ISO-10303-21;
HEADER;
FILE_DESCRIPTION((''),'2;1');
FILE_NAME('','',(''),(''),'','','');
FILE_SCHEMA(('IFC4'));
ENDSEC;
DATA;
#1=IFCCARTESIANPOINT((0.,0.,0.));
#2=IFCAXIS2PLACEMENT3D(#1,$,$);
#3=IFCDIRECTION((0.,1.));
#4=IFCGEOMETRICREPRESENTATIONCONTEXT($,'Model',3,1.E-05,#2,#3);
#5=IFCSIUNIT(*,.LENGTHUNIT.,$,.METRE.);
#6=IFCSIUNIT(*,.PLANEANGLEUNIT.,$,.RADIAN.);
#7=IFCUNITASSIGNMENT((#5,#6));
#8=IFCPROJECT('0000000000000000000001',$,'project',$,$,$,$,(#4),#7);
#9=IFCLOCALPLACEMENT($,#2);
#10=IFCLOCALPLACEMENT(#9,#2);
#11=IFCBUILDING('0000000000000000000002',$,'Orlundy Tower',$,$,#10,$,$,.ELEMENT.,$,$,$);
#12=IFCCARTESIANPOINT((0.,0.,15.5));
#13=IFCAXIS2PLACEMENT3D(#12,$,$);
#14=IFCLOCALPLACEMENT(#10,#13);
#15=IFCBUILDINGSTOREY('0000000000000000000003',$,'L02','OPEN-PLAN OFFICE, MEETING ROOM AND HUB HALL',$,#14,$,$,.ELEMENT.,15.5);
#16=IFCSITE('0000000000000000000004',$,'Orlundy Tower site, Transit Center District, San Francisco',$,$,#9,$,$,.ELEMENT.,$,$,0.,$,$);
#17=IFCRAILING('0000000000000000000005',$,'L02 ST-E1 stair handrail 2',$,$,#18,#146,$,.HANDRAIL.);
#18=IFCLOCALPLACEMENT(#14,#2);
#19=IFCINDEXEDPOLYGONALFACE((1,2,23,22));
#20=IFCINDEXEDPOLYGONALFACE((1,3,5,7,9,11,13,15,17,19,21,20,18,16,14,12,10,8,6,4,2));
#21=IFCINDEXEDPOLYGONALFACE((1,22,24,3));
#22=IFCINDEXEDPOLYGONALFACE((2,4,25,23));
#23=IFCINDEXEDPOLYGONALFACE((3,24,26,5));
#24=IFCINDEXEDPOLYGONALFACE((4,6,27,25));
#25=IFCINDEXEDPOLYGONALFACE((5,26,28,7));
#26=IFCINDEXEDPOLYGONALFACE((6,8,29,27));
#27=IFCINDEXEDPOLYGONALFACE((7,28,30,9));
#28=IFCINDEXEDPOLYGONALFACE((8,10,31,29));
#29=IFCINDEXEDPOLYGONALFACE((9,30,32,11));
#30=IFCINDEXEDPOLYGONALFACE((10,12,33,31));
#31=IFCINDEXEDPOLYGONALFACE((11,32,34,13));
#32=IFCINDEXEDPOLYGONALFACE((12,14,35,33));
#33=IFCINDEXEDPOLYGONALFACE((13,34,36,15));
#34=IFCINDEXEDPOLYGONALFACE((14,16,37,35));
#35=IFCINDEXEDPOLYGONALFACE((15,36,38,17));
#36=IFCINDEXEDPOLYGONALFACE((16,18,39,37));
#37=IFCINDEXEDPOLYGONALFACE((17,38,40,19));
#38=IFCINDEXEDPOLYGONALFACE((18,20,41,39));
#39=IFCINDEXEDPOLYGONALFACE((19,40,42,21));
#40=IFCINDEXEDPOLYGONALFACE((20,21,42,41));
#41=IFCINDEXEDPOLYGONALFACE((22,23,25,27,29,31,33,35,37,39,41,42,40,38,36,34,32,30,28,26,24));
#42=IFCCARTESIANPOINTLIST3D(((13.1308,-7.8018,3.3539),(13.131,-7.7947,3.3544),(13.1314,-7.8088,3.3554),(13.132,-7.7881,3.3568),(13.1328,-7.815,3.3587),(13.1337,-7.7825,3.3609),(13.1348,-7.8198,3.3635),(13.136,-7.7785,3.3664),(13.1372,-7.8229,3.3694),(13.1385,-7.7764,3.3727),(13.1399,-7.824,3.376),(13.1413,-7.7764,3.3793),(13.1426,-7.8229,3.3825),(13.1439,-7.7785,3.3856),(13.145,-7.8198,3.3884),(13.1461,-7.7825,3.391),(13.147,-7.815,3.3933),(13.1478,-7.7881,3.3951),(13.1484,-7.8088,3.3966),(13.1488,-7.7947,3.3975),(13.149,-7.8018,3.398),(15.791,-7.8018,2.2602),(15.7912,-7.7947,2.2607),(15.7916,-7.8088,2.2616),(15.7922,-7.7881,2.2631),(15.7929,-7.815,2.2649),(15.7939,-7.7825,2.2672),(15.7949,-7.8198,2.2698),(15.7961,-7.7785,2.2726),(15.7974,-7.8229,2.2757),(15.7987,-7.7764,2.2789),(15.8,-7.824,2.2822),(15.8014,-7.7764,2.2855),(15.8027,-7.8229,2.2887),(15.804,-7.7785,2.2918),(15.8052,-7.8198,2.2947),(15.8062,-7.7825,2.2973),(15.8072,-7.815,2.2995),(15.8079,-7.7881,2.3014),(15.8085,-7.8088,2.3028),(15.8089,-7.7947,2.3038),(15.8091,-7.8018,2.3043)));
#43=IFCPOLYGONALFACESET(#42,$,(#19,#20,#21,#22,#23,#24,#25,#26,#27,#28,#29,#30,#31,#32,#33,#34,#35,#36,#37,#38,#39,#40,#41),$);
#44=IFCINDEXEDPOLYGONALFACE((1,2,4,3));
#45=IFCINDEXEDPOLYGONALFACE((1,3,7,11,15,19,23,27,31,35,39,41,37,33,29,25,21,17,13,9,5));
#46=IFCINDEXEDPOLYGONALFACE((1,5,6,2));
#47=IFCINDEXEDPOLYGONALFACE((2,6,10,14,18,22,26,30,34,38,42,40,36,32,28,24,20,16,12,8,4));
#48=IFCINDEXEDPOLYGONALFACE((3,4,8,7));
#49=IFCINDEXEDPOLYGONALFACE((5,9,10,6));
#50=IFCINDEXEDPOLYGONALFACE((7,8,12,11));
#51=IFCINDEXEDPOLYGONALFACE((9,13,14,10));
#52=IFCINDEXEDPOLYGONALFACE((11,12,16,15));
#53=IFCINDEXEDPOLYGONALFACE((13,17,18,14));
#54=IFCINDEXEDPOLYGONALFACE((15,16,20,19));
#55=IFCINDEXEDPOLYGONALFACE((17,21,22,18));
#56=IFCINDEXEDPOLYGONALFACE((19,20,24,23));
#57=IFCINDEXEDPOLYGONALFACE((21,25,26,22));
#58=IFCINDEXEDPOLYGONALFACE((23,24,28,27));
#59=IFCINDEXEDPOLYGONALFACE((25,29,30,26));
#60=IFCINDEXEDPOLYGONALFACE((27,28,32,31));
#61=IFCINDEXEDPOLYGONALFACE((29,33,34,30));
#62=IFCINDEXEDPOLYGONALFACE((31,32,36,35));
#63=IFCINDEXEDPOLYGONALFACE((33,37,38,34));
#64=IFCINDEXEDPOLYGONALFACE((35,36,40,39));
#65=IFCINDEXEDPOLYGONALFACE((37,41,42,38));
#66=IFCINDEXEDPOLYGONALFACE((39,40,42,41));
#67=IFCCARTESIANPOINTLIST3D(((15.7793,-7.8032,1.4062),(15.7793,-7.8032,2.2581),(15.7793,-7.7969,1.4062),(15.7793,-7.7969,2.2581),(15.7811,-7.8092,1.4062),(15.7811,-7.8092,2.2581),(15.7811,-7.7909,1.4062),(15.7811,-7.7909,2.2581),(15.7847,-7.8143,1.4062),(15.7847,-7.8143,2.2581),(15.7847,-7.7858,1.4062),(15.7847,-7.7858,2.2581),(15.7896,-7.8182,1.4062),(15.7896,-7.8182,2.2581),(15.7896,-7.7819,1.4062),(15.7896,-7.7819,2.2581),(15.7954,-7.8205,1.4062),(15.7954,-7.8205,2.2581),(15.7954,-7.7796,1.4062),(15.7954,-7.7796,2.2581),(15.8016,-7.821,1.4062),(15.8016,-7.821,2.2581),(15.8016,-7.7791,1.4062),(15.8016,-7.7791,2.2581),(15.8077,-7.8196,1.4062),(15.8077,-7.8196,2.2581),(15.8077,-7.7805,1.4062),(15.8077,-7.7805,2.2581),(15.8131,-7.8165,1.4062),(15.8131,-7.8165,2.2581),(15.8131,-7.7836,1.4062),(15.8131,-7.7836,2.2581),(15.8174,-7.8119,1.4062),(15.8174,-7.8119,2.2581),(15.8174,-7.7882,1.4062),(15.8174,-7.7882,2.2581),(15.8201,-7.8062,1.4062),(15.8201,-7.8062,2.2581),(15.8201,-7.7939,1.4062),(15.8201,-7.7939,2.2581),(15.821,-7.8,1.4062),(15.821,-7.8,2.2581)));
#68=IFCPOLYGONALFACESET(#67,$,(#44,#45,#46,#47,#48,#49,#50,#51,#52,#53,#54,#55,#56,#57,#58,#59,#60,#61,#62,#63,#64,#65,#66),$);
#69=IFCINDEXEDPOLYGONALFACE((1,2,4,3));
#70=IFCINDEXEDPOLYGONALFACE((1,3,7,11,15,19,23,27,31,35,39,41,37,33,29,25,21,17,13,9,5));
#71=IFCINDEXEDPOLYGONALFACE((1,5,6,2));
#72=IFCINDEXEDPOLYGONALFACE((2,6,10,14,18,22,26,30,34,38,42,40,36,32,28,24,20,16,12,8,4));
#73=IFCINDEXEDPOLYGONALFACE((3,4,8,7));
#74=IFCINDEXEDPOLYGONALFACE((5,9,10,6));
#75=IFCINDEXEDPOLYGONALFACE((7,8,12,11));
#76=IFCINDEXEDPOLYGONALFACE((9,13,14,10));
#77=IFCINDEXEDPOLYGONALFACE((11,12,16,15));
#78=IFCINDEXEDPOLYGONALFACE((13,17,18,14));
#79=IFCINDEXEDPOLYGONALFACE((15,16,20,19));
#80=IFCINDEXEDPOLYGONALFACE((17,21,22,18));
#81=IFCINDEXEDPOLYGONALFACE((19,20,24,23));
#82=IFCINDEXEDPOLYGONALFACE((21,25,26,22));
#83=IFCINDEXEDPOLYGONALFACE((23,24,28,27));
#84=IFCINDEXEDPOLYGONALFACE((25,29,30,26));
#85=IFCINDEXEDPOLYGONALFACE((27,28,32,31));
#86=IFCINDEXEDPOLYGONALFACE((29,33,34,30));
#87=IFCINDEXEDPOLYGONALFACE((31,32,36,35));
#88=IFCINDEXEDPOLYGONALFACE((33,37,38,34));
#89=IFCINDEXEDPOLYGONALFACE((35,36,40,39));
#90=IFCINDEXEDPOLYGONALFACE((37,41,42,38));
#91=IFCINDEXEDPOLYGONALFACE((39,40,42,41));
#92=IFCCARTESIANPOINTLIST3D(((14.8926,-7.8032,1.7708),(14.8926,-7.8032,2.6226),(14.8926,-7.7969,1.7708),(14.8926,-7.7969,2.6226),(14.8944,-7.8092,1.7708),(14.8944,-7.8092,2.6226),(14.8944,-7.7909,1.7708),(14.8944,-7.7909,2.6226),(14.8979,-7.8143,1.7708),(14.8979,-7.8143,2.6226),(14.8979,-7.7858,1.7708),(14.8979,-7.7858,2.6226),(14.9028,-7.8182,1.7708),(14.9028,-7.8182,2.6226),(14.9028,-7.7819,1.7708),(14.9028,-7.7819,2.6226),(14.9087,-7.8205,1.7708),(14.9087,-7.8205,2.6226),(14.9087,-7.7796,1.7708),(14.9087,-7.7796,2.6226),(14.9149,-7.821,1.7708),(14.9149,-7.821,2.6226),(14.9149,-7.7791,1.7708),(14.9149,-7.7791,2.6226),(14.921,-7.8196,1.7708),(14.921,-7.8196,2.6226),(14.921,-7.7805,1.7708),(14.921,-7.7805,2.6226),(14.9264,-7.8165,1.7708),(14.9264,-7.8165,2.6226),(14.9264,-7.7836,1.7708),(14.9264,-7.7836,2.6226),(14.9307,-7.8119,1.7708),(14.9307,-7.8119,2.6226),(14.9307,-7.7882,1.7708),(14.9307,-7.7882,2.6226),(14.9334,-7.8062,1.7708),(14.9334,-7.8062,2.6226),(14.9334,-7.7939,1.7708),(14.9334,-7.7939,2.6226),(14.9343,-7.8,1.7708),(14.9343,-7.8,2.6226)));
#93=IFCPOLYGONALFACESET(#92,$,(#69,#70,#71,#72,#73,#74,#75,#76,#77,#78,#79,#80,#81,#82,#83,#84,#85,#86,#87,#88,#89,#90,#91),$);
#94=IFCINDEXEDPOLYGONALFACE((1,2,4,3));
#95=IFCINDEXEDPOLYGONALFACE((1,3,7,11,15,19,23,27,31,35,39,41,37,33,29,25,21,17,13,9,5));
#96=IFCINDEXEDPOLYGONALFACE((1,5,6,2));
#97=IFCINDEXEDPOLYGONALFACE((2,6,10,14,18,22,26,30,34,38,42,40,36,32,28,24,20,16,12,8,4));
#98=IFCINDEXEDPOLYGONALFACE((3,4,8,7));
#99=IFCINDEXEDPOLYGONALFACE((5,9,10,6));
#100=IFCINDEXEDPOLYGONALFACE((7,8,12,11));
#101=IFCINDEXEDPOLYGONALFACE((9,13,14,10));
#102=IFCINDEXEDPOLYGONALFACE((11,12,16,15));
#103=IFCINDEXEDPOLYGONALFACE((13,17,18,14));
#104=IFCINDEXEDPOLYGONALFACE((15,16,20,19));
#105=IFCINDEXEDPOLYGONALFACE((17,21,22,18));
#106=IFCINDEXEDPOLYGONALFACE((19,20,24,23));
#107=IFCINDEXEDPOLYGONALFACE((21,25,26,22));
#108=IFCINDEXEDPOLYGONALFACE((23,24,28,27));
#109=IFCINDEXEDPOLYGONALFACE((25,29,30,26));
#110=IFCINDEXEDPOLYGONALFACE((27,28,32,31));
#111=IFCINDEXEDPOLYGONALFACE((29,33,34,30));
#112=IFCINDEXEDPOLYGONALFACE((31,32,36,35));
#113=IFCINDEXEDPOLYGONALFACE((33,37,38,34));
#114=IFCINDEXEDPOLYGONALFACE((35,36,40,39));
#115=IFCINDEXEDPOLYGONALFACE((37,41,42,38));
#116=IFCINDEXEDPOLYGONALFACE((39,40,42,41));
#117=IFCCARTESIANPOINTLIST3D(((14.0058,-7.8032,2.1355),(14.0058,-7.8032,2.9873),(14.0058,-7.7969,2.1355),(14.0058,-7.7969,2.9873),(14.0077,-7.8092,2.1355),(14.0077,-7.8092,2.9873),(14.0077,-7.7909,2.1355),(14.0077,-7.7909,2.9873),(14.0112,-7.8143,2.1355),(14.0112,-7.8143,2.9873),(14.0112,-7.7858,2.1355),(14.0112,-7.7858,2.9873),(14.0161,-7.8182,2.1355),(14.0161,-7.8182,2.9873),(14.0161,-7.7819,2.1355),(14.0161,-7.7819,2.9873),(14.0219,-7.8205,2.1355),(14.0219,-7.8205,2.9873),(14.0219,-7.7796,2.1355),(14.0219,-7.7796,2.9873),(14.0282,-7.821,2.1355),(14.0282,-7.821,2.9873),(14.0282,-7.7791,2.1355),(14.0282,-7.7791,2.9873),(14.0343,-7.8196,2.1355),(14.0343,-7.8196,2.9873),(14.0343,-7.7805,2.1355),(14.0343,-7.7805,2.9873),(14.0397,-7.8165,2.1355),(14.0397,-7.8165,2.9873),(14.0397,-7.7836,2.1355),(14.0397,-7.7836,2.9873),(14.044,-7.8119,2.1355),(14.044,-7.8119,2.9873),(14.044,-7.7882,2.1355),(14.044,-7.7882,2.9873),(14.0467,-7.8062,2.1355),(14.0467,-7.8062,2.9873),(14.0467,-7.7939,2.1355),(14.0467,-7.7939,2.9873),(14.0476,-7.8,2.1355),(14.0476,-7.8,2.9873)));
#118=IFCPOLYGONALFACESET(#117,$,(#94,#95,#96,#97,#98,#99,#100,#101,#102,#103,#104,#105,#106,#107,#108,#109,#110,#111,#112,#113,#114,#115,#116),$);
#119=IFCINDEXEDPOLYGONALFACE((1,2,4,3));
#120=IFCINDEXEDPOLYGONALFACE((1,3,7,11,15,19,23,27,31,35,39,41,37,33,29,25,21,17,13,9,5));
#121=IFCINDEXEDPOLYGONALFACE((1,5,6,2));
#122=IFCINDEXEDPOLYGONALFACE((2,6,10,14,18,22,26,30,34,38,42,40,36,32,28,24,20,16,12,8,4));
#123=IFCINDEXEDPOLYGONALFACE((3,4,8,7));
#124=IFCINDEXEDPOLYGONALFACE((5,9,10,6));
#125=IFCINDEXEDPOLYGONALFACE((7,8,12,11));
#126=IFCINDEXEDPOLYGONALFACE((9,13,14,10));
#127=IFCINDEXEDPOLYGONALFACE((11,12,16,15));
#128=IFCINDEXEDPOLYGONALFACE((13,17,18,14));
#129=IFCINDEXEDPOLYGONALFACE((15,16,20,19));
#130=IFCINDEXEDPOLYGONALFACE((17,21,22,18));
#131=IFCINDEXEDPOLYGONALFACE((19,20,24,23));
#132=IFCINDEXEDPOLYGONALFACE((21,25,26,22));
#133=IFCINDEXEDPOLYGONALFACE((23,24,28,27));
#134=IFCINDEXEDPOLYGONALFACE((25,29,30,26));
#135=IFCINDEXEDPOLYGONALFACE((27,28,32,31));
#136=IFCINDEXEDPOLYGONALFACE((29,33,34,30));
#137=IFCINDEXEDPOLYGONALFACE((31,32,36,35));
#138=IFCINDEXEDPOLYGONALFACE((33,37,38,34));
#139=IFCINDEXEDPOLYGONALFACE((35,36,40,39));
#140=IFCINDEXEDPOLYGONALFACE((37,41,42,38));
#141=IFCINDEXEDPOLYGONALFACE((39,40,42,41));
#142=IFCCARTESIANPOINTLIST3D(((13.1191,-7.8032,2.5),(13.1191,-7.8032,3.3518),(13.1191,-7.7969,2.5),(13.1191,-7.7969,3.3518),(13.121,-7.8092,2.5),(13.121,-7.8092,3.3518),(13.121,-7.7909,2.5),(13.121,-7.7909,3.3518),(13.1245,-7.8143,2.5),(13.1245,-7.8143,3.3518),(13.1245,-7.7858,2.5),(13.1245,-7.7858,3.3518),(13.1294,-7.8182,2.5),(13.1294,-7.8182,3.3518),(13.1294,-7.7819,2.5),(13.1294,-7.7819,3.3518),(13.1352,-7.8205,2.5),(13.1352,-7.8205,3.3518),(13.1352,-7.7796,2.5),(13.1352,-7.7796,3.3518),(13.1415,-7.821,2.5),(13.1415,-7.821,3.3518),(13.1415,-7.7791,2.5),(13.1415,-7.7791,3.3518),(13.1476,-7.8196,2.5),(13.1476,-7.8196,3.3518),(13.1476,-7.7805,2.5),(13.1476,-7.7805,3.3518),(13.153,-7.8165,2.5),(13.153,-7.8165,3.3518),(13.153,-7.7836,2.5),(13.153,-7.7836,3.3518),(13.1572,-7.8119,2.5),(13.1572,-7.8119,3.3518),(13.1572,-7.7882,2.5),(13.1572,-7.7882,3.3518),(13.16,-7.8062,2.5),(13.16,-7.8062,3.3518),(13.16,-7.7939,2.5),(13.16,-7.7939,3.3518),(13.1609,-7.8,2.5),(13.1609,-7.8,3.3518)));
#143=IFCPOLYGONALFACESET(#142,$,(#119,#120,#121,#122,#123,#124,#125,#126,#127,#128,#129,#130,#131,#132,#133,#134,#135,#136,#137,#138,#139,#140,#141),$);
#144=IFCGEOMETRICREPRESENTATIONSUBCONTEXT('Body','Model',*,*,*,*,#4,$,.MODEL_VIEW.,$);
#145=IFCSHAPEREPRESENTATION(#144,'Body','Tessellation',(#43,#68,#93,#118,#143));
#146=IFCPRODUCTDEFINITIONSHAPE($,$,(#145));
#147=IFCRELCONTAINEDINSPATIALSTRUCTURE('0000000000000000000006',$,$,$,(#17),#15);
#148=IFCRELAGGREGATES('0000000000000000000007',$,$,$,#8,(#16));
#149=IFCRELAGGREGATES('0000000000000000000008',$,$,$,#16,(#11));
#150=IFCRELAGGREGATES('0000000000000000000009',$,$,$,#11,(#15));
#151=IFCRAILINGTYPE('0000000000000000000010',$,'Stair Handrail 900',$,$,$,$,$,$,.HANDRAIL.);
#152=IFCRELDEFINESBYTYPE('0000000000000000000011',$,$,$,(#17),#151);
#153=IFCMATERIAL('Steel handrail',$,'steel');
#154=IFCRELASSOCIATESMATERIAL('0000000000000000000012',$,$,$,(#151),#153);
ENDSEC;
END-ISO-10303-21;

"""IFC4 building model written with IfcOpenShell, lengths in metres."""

from ifc_helpers import new_model, si_unit, direction, frame, origin, origin_2d, place, context, subcontext, project, spatial, circle, extrude, material, type_object, element, save


model = new_model("IFC4")

# Units and contexts
model_context = context("Model", 3, precision=1e-05, world=origin(), true_north=direction((0.0, 1.0)))
body_context = subcontext(model_context, "Body", "Model", "MODEL_VIEW")
ifc_project = project(units=[si_unit("LENGTHUNIT", "METRE"), si_unit("PLANEANGLEUNIT", "RADIAN")], contexts=[model_context])

# Site, building, storey
site_placement = place(None, origin())
site = spatial("IfcSite", under=ifc_project, at=site_placement, Name="Orlundy Tower site, Transit Center District, San Francisco", CompositionType="ELEMENT", RefElevation=0.0)
building_placement = place(site_placement, origin())
building = spatial("IfcBuilding", under=site, at=building_placement, Name="Orlundy Tower", CompositionType="ELEMENT")
storey_placement = place(building_placement, frame((0.0, 0.0, 15.5)))
storey = spatial("IfcBuildingStorey", under=building, at=storey_placement, Name="L02", Description="OPEN-PLAN OFFICE, MEETING ROOM AND HUB HALL", CompositionType="ELEMENT", Elevation=15.5)

# Railing
ifc_material_1 = material(Name="Steel handrail", Category="steel")
railing_type_1 = type_object("IfcRailingType", Name="Stair Handrail 900", PredefinedType="HANDRAIL", material=ifc_material_1)
railing_1_placement = place(storey_placement, frame((15.8, -7.8, 1.4062)))
element("IfcRailing", 1, at=railing_1_placement, inside=storey, type_object=railing_type_1, Name="L02 ST-E1 stair handrail 2", PredefinedType="HANDRAIL", context=body_context, shape_type="SweptSolid", body=[
    extrude(circle(Radius=0.0239, at=origin_2d()), frame((0.0, 0.0, 0.876), z_axis=(-0.924875, 0.0, 0.380272), x_axis=(0.0, -1.0, 0.0)), (0.0, 0.0, 1.0), 2.8762),
    extrude(circle(Radius=0.021, at=origin_2d()), origin(), (0.0, 0.0, 1.0), 0.8518),
    extrude(circle(Radius=0.021, at=origin_2d()), frame((-0.8867, 0.0, 0.3645)), (0.0, 0.0, 1.0), 0.8518),
    extrude(circle(Radius=0.021, at=origin_2d()), frame((-1.7734, 0.0, 0.7292)), (0.0, 0.0, 1.0), 0.8518),
    extrude(circle(Radius=0.021, at=origin_2d()), frame((-2.6602, 0.0, 1.0938)), (0.0, 0.0, 1.0), 0.8518),
])

save(model, "model.ifc")
